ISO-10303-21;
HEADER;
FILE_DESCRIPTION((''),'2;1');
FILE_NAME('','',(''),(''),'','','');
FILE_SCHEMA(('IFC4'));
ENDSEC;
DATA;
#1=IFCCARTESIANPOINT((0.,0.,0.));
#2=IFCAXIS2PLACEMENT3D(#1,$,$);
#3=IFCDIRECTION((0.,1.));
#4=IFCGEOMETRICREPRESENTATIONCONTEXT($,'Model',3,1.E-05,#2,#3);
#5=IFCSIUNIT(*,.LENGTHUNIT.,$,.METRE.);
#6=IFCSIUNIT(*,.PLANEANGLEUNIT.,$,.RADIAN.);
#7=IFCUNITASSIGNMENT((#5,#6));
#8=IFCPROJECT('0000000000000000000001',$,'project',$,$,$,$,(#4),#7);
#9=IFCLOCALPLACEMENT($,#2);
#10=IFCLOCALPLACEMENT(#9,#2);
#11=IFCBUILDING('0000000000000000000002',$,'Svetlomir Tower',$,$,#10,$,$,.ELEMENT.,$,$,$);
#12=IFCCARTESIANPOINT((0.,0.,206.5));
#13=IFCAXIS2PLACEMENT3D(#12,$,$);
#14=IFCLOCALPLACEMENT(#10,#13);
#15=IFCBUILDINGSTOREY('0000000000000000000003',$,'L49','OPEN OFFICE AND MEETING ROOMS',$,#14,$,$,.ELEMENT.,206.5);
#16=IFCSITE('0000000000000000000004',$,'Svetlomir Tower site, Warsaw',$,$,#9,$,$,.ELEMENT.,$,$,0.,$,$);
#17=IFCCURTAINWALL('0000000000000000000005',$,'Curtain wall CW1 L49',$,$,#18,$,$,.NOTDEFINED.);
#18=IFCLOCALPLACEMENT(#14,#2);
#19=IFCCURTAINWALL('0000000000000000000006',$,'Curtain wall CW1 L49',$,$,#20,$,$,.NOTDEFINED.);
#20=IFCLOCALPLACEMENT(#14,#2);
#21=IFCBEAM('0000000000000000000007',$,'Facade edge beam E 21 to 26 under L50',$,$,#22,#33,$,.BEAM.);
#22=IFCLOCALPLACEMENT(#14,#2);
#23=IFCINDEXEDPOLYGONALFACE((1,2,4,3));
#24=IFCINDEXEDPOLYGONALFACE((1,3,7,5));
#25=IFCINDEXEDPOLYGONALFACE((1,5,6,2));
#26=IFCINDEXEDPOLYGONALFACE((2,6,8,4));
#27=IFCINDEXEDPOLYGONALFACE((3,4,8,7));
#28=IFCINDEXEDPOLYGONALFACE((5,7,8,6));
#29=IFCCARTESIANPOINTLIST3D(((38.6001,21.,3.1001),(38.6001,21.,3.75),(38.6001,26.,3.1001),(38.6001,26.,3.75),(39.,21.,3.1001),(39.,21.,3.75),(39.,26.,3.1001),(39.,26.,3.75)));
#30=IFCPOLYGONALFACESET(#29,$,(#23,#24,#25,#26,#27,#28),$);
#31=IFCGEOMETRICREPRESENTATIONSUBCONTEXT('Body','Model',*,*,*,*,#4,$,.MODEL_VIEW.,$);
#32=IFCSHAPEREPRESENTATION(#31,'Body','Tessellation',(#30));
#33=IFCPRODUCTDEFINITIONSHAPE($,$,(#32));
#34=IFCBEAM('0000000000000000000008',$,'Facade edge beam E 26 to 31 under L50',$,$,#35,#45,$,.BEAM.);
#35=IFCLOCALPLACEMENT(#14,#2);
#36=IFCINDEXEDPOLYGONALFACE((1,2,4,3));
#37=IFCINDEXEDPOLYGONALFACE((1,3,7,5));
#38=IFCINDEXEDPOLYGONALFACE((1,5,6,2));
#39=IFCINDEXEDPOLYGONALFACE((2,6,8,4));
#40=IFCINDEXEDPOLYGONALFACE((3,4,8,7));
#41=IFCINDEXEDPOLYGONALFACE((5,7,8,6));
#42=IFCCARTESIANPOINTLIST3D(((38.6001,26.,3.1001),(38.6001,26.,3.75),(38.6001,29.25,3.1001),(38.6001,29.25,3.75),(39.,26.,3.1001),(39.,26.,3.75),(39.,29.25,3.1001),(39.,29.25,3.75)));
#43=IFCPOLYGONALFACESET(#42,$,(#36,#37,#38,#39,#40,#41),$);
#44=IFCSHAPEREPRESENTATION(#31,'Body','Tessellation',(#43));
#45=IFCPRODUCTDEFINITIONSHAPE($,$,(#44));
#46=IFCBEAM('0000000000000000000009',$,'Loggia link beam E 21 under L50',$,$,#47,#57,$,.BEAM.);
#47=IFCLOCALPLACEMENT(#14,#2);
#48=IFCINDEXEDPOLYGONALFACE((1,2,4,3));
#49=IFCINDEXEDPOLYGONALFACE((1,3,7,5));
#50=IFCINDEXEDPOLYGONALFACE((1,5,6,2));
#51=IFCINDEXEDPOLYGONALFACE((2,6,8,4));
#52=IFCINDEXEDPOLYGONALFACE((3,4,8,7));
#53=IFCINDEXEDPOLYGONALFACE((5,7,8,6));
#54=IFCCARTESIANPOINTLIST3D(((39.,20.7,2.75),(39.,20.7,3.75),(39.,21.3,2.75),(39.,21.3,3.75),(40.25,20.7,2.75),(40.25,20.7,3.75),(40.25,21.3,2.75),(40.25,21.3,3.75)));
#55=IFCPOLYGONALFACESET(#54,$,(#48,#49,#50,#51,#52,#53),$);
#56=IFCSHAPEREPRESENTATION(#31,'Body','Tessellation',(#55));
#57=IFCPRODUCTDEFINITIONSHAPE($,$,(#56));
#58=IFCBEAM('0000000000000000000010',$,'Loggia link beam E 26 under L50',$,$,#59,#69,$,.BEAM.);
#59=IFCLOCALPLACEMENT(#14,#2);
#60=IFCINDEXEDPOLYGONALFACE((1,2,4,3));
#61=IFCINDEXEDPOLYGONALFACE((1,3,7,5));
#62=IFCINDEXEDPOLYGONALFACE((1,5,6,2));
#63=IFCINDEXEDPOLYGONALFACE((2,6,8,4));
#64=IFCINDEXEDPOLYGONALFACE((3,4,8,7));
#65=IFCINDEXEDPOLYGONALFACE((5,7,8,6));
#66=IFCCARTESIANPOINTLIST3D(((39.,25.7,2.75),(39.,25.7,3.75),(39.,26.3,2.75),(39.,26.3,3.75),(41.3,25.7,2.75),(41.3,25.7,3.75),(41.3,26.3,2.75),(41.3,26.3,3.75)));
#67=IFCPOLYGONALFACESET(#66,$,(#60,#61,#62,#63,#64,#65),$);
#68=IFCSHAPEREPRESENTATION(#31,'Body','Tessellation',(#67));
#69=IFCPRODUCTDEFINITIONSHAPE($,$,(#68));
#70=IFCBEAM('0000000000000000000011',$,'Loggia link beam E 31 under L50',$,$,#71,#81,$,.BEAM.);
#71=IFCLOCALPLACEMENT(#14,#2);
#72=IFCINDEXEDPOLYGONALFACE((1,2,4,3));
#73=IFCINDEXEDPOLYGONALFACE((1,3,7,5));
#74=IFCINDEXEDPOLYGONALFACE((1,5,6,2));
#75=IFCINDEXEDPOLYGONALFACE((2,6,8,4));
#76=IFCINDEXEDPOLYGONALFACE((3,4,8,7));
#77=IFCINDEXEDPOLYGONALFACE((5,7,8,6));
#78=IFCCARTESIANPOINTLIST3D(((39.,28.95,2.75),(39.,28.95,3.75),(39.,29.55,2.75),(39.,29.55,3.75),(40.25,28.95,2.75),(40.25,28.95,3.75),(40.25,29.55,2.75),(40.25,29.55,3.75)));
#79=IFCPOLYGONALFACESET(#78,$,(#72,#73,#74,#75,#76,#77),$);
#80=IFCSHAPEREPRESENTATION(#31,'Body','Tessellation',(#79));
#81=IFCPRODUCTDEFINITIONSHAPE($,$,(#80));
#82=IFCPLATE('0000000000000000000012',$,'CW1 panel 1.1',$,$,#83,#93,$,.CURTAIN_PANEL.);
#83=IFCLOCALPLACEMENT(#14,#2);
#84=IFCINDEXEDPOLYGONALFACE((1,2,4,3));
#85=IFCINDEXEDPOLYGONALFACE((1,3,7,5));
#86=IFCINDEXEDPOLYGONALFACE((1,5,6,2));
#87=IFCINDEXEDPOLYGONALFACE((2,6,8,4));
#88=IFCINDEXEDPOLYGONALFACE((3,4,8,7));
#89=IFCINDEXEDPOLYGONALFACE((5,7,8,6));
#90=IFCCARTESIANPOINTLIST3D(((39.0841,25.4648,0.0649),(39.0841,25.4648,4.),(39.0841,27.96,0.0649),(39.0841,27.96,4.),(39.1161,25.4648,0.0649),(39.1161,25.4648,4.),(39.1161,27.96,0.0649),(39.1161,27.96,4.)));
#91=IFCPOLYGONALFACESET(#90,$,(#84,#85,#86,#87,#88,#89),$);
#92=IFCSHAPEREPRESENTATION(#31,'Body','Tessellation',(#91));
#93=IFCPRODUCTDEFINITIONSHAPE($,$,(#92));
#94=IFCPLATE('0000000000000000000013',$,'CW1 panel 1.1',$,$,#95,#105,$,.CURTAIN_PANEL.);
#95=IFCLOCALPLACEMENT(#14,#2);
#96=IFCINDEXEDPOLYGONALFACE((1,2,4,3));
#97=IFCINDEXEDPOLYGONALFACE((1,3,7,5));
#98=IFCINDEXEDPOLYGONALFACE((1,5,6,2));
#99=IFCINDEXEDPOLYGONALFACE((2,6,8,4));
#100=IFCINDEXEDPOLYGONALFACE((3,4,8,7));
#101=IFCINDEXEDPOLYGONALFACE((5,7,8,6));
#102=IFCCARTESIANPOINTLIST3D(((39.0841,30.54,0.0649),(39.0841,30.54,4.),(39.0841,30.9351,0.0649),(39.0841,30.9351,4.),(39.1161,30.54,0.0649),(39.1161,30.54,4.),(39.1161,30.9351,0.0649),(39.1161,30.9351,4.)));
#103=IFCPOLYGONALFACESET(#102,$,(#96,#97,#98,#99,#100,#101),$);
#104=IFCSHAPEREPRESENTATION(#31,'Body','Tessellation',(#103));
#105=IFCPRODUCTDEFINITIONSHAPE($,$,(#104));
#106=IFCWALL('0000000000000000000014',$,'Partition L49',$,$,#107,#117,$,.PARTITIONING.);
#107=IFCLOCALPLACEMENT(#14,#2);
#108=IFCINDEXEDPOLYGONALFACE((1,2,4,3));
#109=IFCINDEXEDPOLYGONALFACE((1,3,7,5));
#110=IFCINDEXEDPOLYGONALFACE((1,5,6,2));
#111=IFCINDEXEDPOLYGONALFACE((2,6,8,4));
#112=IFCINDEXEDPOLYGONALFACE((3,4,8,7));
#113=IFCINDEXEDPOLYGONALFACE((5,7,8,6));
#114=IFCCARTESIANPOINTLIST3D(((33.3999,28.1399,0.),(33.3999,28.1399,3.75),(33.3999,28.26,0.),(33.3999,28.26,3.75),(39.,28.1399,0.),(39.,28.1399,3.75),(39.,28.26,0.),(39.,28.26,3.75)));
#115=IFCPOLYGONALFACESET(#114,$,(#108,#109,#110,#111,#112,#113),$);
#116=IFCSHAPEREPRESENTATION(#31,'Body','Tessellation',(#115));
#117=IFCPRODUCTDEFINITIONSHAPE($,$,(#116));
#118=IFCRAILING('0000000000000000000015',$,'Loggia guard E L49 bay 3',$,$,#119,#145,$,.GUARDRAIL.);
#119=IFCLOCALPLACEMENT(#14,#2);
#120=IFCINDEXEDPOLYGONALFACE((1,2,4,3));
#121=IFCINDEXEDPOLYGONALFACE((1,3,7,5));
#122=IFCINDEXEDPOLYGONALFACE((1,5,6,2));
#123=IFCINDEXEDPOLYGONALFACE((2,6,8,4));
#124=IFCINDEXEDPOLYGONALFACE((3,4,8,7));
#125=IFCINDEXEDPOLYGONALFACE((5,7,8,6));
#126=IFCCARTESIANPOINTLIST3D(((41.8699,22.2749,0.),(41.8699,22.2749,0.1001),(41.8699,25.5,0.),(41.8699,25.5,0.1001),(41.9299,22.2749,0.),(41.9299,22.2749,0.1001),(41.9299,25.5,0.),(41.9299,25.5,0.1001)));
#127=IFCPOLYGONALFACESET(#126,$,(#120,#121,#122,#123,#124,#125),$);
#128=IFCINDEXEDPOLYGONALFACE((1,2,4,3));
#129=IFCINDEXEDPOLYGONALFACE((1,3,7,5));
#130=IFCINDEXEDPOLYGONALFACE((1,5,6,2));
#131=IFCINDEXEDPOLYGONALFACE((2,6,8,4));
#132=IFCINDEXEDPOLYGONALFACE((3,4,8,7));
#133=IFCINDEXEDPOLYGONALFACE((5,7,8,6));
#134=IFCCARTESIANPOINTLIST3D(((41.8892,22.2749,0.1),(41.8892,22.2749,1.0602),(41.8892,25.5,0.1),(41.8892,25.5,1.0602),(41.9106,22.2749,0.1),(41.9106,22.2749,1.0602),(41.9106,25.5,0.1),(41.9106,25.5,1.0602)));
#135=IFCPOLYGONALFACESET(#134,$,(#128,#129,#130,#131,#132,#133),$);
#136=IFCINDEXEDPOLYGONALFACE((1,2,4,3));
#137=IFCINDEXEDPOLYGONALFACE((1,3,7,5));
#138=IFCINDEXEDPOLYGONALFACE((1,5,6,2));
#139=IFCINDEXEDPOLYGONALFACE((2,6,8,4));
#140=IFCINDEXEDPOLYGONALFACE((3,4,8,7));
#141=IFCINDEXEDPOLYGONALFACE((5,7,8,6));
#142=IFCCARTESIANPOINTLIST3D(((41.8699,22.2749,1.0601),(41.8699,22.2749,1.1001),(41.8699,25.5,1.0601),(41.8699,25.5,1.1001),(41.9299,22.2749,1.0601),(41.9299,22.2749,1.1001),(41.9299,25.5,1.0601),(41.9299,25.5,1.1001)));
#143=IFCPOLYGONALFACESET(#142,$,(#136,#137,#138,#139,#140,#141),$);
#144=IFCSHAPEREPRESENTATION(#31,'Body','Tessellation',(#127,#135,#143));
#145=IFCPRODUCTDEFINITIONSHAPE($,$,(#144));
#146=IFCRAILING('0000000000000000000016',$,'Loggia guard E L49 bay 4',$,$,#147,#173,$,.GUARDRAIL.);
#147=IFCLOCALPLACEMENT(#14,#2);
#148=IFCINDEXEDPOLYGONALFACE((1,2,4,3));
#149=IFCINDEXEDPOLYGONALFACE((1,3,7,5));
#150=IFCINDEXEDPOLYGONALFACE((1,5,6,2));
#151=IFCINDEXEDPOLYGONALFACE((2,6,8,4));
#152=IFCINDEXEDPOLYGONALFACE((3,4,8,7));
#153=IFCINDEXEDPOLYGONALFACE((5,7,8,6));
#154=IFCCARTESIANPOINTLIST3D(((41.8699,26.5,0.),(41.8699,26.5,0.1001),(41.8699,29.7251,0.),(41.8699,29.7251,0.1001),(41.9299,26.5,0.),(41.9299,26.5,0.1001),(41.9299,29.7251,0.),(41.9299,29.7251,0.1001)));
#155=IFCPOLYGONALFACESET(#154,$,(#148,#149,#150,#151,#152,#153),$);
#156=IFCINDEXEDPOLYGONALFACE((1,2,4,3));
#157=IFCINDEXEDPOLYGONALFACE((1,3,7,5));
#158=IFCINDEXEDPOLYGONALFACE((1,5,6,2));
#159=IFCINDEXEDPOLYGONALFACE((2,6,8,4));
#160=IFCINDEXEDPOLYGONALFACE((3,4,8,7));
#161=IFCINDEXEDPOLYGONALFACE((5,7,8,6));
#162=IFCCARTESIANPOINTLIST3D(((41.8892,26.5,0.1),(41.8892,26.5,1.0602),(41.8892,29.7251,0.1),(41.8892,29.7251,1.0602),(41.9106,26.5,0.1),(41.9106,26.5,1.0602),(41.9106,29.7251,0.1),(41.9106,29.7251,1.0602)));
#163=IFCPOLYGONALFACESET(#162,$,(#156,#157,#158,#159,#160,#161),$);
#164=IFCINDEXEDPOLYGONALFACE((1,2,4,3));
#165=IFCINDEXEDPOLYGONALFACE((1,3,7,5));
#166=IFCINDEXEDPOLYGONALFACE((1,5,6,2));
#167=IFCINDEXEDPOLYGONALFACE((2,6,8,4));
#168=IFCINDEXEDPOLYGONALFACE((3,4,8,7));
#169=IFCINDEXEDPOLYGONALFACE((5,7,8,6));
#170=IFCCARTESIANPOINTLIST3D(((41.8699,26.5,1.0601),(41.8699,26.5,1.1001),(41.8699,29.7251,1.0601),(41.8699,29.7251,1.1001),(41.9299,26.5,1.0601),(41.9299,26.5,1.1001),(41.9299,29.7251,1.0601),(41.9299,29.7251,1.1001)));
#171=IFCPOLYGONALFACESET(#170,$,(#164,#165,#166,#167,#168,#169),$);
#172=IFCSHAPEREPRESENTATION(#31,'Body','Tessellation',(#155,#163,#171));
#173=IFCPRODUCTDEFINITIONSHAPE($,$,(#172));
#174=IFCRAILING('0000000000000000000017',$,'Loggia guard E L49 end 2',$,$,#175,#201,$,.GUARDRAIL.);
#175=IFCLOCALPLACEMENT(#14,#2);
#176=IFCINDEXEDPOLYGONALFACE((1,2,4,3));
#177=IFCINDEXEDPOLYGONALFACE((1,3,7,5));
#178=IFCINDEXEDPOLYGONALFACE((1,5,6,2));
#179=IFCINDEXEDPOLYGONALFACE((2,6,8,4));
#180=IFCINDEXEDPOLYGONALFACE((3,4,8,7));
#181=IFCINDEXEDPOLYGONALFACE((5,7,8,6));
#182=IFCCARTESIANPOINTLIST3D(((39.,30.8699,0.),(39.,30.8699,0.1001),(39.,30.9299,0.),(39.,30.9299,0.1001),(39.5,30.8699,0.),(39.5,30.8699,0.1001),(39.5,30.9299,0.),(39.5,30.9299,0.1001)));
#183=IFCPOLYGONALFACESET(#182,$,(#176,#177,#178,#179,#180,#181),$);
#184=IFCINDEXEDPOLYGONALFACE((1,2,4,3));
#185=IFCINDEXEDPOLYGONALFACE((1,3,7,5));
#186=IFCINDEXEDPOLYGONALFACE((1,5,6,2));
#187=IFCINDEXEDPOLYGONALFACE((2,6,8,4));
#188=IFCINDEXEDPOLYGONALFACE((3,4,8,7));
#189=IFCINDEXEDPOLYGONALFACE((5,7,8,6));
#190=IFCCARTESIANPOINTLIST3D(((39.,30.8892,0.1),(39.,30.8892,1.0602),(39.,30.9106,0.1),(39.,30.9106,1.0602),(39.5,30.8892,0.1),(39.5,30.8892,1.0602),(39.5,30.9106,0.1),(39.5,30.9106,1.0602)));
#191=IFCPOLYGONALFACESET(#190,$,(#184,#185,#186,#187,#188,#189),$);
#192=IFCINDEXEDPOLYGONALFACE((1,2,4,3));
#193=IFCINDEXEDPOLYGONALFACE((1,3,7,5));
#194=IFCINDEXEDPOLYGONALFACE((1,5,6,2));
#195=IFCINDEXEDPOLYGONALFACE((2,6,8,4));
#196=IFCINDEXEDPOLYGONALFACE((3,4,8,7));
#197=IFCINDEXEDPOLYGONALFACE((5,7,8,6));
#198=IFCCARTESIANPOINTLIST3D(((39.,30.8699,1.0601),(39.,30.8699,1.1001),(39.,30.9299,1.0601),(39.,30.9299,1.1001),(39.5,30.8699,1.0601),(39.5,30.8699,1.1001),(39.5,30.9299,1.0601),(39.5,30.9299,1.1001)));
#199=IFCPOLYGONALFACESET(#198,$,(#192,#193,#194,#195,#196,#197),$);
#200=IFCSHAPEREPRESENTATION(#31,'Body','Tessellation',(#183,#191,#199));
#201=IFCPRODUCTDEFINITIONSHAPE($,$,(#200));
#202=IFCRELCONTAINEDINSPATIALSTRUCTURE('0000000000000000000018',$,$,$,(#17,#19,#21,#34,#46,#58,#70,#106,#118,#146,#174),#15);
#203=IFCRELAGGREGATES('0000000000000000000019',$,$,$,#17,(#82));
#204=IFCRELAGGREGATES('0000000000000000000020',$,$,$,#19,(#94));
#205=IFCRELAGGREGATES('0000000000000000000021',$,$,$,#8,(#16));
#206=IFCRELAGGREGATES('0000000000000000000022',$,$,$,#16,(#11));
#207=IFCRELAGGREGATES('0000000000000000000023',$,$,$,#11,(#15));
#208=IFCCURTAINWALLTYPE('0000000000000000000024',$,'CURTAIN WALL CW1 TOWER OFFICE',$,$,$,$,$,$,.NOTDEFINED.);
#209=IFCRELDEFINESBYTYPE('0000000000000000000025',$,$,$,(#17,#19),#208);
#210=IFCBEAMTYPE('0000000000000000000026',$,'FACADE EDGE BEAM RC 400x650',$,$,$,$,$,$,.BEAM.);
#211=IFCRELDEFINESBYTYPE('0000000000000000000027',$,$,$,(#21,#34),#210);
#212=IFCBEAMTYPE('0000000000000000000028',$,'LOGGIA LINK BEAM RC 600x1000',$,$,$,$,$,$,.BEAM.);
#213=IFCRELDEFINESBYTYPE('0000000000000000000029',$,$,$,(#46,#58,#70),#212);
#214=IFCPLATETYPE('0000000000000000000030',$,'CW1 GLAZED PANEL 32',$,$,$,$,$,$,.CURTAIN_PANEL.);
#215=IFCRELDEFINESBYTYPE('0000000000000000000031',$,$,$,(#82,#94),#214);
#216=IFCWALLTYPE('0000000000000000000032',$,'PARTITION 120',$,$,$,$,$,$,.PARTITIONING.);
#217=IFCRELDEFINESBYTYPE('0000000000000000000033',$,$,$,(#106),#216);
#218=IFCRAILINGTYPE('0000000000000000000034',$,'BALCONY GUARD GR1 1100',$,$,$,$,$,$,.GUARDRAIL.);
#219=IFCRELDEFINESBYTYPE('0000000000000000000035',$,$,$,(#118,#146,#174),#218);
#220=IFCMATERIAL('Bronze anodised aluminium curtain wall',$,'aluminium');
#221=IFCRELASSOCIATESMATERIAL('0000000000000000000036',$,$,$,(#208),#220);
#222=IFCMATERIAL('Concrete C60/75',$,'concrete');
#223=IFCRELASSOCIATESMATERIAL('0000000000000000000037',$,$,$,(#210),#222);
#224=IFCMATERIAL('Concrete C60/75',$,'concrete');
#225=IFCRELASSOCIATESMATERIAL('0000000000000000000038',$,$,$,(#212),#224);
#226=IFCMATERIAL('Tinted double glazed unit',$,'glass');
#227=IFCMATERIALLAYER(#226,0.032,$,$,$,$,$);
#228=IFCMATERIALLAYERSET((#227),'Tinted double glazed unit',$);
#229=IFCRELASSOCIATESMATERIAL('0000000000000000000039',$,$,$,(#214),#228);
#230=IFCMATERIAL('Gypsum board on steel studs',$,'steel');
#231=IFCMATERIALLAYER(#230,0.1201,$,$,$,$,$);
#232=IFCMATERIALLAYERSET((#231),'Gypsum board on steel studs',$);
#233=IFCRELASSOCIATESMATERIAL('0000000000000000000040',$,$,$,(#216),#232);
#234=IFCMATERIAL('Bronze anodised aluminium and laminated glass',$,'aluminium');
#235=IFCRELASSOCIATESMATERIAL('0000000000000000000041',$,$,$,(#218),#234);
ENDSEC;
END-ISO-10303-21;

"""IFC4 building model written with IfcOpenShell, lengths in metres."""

from ifc_helpers import new_model, si_unit, direction, frame, frame_2d, origin, origin_2d, place, context, subcontext, project, spatial, rectangle, extrude, material, layer, layer_set, material_profile, profile_set, type_object, element, aggregate, save


model = new_model("IFC4")

# Units and contexts
model_context = context("Model", 3, precision=1e-05, world=origin(), true_north=direction((0.0, 1.0)))
body_context = subcontext(model_context, "Body", "Model", "MODEL_VIEW")
ifc_project = project(units=[si_unit("LENGTHUNIT", "METRE"), si_unit("PLANEANGLEUNIT", "RADIAN")], contexts=[model_context])

# Site, building, storey
site_placement = place(None, origin())
site = spatial("IfcSite", under=ifc_project, at=site_placement, Name="Svetlomir Tower site, Warsaw", CompositionType="ELEMENT", RefElevation=0.0)
building_placement = place(site_placement, origin())
building = spatial("IfcBuilding", under=site, at=building_placement, Name="Svetlomir Tower", CompositionType="ELEMENT")
storey_placement = place(building_placement, frame((0.0, 0.0, 206.5)))
storey = spatial("IfcBuildingStorey", under=building, at=storey_placement, Name="L49", Description="OPEN OFFICE AND MEETING ROOMS", CompositionType="ELEMENT", Elevation=206.5)

# Shared definitions
ifc_material_1 = material(Name="Bronze anodised aluminium curtain wall", Category="aluminium")
curtain_wall_type = type_object("IfcCurtainWallType", Name="CURTAIN WALL CW1 TOWER OFFICE", PredefinedType="NOTDEFINED", material=ifc_material_1)

# Curtain walls
curtain_wall_1_placement = place(storey_placement, origin())
curtain_wall_1 = element("IfcCurtainWall", 1, at=curtain_wall_1_placement, inside=storey, type_object=curtain_wall_type, Name="Curtain wall CW1 L49", PredefinedType="NOTDEFINED")
curtain_wall_2_placement = place(storey_placement, origin())
curtain_wall_2 = element("IfcCurtainWall", 2, at=curtain_wall_2_placement, inside=storey, type_object=curtain_wall_type, Name="Curtain wall CW1 L49", PredefinedType="NOTDEFINED")

# Beams
ifc_material_2 = material(Name="Concrete C60/75", Category="concrete")
ifc_material_profile_1 = material_profile(ifc_material_2, rectangle(XDim=0.3999, YDim=0.6499, at=origin_2d()), Name="RC 400x650")
ifc_profile_set_1 = profile_set([ifc_material_profile_1], Name="Concrete C60/75")
beam_type_1 = type_object("IfcBeamType", Name="FACADE EDGE BEAM RC 400x650", PredefinedType="BEAM", material=ifc_profile_set_1)
beam_1_placement = place(storey_placement, frame((38.8, 21.0, 3.425), z_axis=(0.0, 1.0, 0.0), x_axis=(-1.0, 0.0, 0.0)))
element("IfcBeam", 3, at=beam_1_placement, inside=storey, type_object=beam_type_1, Name="Facade edge beam E 21 to 26 under L50", PredefinedType="BEAM", context=body_context, shape_type="SweptSolid", body=[
    extrude(rectangle(XDim=0.3999, YDim=0.6499, at=origin_2d()), origin(), (0.0, 0.0, 1.0), 5.0),
])
beam_2_placement = place(storey_placement, frame((38.8, 26.0, 3.425), z_axis=(0.0, 1.0, 0.0), x_axis=(-1.0, 0.0, 0.0)))
element("IfcBeam", 4, at=beam_2_placement, inside=storey, type_object=beam_type_1, Name="Facade edge beam E 26 to 31 under L50", PredefinedType="BEAM", context=body_context, shape_type="SweptSolid", body=[
    extrude(rectangle(XDim=0.3999, YDim=0.6499, at=origin_2d()), origin(), (0.0, 0.0, 1.0), 3.25),
])
ifc_material_3 = material(Name="Concrete C60/75", Category="concrete")
ifc_material_profile_2 = material_profile(ifc_material_3, rectangle(XDim=0.6001, YDim=1.0, at=origin_2d()), Name="RC 600x1000")
ifc_profile_set_2 = profile_set([ifc_material_profile_2], Name="Concrete C60/75")
beam_type_2 = type_object("IfcBeamType", Name="LOGGIA LINK BEAM RC 600x1000", PredefinedType="BEAM", material=ifc_profile_set_2)
beam_3_placement = place(storey_placement, frame((40.25, 21.0, 3.25), z_axis=(-1.0, 0.0, 0.0), x_axis=(0.0, -1.0, 0.0)))
element("IfcBeam", 5, at=beam_3_placement, inside=storey, type_object=beam_type_2, Name="Loggia link beam E 21 under L50", PredefinedType="BEAM", context=body_context, shape_type="SweptSolid", body=[
    extrude(rectangle(XDim=0.6001, YDim=1.0, at=origin_2d()), origin(), (0.0, 0.0, 1.0), 1.25),
])
beam_4_placement = place(storey_placement, frame((41.3, 26.0, 3.25), z_axis=(-1.0, 0.0, 0.0), x_axis=(0.0, -1.0, 0.0)))
element("IfcBeam", 6, at=beam_4_placement, inside=storey, type_object=beam_type_2, Name="Loggia link beam E 26 under L50", PredefinedType="BEAM", context=body_context, shape_type="SweptSolid", body=[
    extrude(rectangle(XDim=0.6001, YDim=1.0, at=origin_2d()), origin(), (0.0, 0.0, 1.0), 2.3),
])
beam_5_placement = place(storey_placement, frame((40.25, 29.25, 3.25), z_axis=(-1.0, 0.0, 0.0), x_axis=(0.0, -1.0, 0.0)))
element("IfcBeam", 7, at=beam_5_placement, inside=storey, type_object=beam_type_2, Name="Loggia link beam E 31 under L50", PredefinedType="BEAM", context=body_context, shape_type="SweptSolid", body=[
    extrude(rectangle(XDim=0.6001, YDim=1.0, at=origin_2d()), origin(), (0.0, 0.0, 1.0), 1.25),
])

# Plates
ifc_material_4 = material(Name="Tinted double glazed unit", Category="glass")
ifc_layer_1 = layer(ifc_material_4, 0.032)
ifc_layer_set_1 = layer_set([ifc_layer_1], Name="Tinted double glazed unit")
plate_type = type_object("IfcPlateType", Name="CW1 GLAZED PANEL 32", PredefinedType="CURTAIN_PANEL", material=ifc_layer_set_1)
plate_1_placement = place(storey_placement, frame((39.1001, 26.7124, 0.0649), z_axis=(0.0, 0.0, 1.0), x_axis=(0.0, 1.0, 0.0)))
plate_1 = element("IfcPlate", 8, at=plate_1_placement, type_object=plate_type, Name="CW1 panel 1.1", PredefinedType="CURTAIN_PANEL", context=body_context, shape_type="SweptSolid", body=[
    extrude(rectangle(XDim=2.4951, YDim=0.032, at=origin_2d()), origin(), (0.0, 0.0, 1.0), 3.9351),
])
aggregate(curtain_wall_1, [plate_1])
plate_2_placement = place(storey_placement, frame((39.1001, 30.7375, 0.0649), z_axis=(0.0, 0.0, 1.0), x_axis=(0.0, 1.0, 0.0)))
plate_2 = element("IfcPlate", 9, at=plate_2_placement, type_object=plate_type, Name="CW1 panel 1.1", PredefinedType="CURTAIN_PANEL", context=body_context, shape_type="SweptSolid", body=[
    extrude(rectangle(XDim=0.395, YDim=0.032, at=origin_2d()), origin(), (0.0, 0.0, 1.0), 3.9351),
])
aggregate(curtain_wall_2, [plate_2])

# Wall
ifc_material_5 = material(Name="Gypsum board on steel studs", Category="steel")
ifc_layer_2 = layer(ifc_material_5, 0.1201)
ifc_layer_set_2 = layer_set([ifc_layer_2], Name="Gypsum board on steel studs")
wall_type_1 = type_object("IfcWallType", Name="PARTITION 120", PredefinedType="PARTITIONING", material=ifc_layer_set_2)
wall_1_placement = place(storey_placement, frame((33.3999, 28.2, 0.0), z_axis=(0.0, 0.0, 1.0), x_axis=(1.0, 0.0, 0.0)))
element("IfcWall", 10, at=wall_1_placement, inside=storey, type_object=wall_type_1, Name="Partition L49", PredefinedType="PARTITIONING", context=body_context, shape_type="SweptSolid", body=[
    extrude(rectangle(XDim=5.6001, YDim=0.1201, at=frame_2d((2.8, 0.0))), origin(), (0.0, 0.0, 1.0), 3.75),
])

# Railings
ifc_material_6 = material(Name="Bronze anodised aluminium and laminated glass", Category="aluminium")
railing_type_1 = type_object("IfcRailingType", Name="BALCONY GUARD GR1 1100", PredefinedType="GUARDRAIL", material=ifc_material_6)
for number, where, name in (
    (11, (41.8999, 22.2749, 0.0), "Loggia guard E L49 bay 3"),
    (12, (41.8999, 26.5, 0.0), "Loggia guard E L49 bay 4"),
):
    element("IfcRailing", number, at=place(storey_placement, frame(where)), inside=storey, type_object=railing_type_1, Name=name, PredefinedType="GUARDRAIL", context=body_context, shape_type="SweptSolid", body=[
        extrude(rectangle(XDim=0.0601, YDim=0.1001, at=origin_2d()), frame((0.0, 0.0, 0.05), z_axis=(0.0, 1.0, 0.0), x_axis=(-1.0, 0.0, 0.0)), (0.0, 0.0, 1.0), 3.2251),
        extrude(rectangle(XDim=0.0215, YDim=0.9602, at=origin_2d()), frame((0.0, 0.0, 0.5801), z_axis=(0.0, 1.0, 0.0), x_axis=(-1.0, 0.0, 0.0)), (0.0, 0.0, 1.0), 3.2251),
        extrude(rectangle(XDim=0.0601, YDim=0.04, at=origin_2d()), frame((0.0, 0.0, 1.0801), z_axis=(0.0, 1.0, 0.0), x_axis=(-1.0, 0.0, 0.0)), (0.0, 0.0, 1.0), 3.2251),
    ])
railing_1_placement = place(storey_placement, frame((39.5, 30.8999, 0.0)))
element("IfcRailing", 13, at=railing_1_placement, inside=storey, type_object=railing_type_1, Name="Loggia guard E L49 end 2", PredefinedType="GUARDRAIL", context=body_context, shape_type="SweptSolid", body=[
    extrude(rectangle(XDim=0.0601, YDim=0.1001, at=origin_2d()), frame((0.0, 0.0, 0.05), z_axis=(-1.0, 0.0, 0.0), x_axis=(0.0, -1.0, 0.0)), (0.0, 0.0, 1.0), 0.5),
    extrude(rectangle(XDim=0.0215, YDim=0.9602, at=origin_2d()), frame((0.0, 0.0, 0.5801), z_axis=(-1.0, 0.0, 0.0), x_axis=(0.0, -1.0, 0.0)), (0.0, 0.0, 1.0), 0.5),
    extrude(rectangle(XDim=0.0601, YDim=0.04, at=origin_2d()), frame((0.0, 0.0, 1.0801), z_axis=(-1.0, 0.0, 0.0), x_axis=(0.0, -1.0, 0.0)), (0.0, 0.0, 1.0), 0.5),
])

save(model, "model.ifc")
